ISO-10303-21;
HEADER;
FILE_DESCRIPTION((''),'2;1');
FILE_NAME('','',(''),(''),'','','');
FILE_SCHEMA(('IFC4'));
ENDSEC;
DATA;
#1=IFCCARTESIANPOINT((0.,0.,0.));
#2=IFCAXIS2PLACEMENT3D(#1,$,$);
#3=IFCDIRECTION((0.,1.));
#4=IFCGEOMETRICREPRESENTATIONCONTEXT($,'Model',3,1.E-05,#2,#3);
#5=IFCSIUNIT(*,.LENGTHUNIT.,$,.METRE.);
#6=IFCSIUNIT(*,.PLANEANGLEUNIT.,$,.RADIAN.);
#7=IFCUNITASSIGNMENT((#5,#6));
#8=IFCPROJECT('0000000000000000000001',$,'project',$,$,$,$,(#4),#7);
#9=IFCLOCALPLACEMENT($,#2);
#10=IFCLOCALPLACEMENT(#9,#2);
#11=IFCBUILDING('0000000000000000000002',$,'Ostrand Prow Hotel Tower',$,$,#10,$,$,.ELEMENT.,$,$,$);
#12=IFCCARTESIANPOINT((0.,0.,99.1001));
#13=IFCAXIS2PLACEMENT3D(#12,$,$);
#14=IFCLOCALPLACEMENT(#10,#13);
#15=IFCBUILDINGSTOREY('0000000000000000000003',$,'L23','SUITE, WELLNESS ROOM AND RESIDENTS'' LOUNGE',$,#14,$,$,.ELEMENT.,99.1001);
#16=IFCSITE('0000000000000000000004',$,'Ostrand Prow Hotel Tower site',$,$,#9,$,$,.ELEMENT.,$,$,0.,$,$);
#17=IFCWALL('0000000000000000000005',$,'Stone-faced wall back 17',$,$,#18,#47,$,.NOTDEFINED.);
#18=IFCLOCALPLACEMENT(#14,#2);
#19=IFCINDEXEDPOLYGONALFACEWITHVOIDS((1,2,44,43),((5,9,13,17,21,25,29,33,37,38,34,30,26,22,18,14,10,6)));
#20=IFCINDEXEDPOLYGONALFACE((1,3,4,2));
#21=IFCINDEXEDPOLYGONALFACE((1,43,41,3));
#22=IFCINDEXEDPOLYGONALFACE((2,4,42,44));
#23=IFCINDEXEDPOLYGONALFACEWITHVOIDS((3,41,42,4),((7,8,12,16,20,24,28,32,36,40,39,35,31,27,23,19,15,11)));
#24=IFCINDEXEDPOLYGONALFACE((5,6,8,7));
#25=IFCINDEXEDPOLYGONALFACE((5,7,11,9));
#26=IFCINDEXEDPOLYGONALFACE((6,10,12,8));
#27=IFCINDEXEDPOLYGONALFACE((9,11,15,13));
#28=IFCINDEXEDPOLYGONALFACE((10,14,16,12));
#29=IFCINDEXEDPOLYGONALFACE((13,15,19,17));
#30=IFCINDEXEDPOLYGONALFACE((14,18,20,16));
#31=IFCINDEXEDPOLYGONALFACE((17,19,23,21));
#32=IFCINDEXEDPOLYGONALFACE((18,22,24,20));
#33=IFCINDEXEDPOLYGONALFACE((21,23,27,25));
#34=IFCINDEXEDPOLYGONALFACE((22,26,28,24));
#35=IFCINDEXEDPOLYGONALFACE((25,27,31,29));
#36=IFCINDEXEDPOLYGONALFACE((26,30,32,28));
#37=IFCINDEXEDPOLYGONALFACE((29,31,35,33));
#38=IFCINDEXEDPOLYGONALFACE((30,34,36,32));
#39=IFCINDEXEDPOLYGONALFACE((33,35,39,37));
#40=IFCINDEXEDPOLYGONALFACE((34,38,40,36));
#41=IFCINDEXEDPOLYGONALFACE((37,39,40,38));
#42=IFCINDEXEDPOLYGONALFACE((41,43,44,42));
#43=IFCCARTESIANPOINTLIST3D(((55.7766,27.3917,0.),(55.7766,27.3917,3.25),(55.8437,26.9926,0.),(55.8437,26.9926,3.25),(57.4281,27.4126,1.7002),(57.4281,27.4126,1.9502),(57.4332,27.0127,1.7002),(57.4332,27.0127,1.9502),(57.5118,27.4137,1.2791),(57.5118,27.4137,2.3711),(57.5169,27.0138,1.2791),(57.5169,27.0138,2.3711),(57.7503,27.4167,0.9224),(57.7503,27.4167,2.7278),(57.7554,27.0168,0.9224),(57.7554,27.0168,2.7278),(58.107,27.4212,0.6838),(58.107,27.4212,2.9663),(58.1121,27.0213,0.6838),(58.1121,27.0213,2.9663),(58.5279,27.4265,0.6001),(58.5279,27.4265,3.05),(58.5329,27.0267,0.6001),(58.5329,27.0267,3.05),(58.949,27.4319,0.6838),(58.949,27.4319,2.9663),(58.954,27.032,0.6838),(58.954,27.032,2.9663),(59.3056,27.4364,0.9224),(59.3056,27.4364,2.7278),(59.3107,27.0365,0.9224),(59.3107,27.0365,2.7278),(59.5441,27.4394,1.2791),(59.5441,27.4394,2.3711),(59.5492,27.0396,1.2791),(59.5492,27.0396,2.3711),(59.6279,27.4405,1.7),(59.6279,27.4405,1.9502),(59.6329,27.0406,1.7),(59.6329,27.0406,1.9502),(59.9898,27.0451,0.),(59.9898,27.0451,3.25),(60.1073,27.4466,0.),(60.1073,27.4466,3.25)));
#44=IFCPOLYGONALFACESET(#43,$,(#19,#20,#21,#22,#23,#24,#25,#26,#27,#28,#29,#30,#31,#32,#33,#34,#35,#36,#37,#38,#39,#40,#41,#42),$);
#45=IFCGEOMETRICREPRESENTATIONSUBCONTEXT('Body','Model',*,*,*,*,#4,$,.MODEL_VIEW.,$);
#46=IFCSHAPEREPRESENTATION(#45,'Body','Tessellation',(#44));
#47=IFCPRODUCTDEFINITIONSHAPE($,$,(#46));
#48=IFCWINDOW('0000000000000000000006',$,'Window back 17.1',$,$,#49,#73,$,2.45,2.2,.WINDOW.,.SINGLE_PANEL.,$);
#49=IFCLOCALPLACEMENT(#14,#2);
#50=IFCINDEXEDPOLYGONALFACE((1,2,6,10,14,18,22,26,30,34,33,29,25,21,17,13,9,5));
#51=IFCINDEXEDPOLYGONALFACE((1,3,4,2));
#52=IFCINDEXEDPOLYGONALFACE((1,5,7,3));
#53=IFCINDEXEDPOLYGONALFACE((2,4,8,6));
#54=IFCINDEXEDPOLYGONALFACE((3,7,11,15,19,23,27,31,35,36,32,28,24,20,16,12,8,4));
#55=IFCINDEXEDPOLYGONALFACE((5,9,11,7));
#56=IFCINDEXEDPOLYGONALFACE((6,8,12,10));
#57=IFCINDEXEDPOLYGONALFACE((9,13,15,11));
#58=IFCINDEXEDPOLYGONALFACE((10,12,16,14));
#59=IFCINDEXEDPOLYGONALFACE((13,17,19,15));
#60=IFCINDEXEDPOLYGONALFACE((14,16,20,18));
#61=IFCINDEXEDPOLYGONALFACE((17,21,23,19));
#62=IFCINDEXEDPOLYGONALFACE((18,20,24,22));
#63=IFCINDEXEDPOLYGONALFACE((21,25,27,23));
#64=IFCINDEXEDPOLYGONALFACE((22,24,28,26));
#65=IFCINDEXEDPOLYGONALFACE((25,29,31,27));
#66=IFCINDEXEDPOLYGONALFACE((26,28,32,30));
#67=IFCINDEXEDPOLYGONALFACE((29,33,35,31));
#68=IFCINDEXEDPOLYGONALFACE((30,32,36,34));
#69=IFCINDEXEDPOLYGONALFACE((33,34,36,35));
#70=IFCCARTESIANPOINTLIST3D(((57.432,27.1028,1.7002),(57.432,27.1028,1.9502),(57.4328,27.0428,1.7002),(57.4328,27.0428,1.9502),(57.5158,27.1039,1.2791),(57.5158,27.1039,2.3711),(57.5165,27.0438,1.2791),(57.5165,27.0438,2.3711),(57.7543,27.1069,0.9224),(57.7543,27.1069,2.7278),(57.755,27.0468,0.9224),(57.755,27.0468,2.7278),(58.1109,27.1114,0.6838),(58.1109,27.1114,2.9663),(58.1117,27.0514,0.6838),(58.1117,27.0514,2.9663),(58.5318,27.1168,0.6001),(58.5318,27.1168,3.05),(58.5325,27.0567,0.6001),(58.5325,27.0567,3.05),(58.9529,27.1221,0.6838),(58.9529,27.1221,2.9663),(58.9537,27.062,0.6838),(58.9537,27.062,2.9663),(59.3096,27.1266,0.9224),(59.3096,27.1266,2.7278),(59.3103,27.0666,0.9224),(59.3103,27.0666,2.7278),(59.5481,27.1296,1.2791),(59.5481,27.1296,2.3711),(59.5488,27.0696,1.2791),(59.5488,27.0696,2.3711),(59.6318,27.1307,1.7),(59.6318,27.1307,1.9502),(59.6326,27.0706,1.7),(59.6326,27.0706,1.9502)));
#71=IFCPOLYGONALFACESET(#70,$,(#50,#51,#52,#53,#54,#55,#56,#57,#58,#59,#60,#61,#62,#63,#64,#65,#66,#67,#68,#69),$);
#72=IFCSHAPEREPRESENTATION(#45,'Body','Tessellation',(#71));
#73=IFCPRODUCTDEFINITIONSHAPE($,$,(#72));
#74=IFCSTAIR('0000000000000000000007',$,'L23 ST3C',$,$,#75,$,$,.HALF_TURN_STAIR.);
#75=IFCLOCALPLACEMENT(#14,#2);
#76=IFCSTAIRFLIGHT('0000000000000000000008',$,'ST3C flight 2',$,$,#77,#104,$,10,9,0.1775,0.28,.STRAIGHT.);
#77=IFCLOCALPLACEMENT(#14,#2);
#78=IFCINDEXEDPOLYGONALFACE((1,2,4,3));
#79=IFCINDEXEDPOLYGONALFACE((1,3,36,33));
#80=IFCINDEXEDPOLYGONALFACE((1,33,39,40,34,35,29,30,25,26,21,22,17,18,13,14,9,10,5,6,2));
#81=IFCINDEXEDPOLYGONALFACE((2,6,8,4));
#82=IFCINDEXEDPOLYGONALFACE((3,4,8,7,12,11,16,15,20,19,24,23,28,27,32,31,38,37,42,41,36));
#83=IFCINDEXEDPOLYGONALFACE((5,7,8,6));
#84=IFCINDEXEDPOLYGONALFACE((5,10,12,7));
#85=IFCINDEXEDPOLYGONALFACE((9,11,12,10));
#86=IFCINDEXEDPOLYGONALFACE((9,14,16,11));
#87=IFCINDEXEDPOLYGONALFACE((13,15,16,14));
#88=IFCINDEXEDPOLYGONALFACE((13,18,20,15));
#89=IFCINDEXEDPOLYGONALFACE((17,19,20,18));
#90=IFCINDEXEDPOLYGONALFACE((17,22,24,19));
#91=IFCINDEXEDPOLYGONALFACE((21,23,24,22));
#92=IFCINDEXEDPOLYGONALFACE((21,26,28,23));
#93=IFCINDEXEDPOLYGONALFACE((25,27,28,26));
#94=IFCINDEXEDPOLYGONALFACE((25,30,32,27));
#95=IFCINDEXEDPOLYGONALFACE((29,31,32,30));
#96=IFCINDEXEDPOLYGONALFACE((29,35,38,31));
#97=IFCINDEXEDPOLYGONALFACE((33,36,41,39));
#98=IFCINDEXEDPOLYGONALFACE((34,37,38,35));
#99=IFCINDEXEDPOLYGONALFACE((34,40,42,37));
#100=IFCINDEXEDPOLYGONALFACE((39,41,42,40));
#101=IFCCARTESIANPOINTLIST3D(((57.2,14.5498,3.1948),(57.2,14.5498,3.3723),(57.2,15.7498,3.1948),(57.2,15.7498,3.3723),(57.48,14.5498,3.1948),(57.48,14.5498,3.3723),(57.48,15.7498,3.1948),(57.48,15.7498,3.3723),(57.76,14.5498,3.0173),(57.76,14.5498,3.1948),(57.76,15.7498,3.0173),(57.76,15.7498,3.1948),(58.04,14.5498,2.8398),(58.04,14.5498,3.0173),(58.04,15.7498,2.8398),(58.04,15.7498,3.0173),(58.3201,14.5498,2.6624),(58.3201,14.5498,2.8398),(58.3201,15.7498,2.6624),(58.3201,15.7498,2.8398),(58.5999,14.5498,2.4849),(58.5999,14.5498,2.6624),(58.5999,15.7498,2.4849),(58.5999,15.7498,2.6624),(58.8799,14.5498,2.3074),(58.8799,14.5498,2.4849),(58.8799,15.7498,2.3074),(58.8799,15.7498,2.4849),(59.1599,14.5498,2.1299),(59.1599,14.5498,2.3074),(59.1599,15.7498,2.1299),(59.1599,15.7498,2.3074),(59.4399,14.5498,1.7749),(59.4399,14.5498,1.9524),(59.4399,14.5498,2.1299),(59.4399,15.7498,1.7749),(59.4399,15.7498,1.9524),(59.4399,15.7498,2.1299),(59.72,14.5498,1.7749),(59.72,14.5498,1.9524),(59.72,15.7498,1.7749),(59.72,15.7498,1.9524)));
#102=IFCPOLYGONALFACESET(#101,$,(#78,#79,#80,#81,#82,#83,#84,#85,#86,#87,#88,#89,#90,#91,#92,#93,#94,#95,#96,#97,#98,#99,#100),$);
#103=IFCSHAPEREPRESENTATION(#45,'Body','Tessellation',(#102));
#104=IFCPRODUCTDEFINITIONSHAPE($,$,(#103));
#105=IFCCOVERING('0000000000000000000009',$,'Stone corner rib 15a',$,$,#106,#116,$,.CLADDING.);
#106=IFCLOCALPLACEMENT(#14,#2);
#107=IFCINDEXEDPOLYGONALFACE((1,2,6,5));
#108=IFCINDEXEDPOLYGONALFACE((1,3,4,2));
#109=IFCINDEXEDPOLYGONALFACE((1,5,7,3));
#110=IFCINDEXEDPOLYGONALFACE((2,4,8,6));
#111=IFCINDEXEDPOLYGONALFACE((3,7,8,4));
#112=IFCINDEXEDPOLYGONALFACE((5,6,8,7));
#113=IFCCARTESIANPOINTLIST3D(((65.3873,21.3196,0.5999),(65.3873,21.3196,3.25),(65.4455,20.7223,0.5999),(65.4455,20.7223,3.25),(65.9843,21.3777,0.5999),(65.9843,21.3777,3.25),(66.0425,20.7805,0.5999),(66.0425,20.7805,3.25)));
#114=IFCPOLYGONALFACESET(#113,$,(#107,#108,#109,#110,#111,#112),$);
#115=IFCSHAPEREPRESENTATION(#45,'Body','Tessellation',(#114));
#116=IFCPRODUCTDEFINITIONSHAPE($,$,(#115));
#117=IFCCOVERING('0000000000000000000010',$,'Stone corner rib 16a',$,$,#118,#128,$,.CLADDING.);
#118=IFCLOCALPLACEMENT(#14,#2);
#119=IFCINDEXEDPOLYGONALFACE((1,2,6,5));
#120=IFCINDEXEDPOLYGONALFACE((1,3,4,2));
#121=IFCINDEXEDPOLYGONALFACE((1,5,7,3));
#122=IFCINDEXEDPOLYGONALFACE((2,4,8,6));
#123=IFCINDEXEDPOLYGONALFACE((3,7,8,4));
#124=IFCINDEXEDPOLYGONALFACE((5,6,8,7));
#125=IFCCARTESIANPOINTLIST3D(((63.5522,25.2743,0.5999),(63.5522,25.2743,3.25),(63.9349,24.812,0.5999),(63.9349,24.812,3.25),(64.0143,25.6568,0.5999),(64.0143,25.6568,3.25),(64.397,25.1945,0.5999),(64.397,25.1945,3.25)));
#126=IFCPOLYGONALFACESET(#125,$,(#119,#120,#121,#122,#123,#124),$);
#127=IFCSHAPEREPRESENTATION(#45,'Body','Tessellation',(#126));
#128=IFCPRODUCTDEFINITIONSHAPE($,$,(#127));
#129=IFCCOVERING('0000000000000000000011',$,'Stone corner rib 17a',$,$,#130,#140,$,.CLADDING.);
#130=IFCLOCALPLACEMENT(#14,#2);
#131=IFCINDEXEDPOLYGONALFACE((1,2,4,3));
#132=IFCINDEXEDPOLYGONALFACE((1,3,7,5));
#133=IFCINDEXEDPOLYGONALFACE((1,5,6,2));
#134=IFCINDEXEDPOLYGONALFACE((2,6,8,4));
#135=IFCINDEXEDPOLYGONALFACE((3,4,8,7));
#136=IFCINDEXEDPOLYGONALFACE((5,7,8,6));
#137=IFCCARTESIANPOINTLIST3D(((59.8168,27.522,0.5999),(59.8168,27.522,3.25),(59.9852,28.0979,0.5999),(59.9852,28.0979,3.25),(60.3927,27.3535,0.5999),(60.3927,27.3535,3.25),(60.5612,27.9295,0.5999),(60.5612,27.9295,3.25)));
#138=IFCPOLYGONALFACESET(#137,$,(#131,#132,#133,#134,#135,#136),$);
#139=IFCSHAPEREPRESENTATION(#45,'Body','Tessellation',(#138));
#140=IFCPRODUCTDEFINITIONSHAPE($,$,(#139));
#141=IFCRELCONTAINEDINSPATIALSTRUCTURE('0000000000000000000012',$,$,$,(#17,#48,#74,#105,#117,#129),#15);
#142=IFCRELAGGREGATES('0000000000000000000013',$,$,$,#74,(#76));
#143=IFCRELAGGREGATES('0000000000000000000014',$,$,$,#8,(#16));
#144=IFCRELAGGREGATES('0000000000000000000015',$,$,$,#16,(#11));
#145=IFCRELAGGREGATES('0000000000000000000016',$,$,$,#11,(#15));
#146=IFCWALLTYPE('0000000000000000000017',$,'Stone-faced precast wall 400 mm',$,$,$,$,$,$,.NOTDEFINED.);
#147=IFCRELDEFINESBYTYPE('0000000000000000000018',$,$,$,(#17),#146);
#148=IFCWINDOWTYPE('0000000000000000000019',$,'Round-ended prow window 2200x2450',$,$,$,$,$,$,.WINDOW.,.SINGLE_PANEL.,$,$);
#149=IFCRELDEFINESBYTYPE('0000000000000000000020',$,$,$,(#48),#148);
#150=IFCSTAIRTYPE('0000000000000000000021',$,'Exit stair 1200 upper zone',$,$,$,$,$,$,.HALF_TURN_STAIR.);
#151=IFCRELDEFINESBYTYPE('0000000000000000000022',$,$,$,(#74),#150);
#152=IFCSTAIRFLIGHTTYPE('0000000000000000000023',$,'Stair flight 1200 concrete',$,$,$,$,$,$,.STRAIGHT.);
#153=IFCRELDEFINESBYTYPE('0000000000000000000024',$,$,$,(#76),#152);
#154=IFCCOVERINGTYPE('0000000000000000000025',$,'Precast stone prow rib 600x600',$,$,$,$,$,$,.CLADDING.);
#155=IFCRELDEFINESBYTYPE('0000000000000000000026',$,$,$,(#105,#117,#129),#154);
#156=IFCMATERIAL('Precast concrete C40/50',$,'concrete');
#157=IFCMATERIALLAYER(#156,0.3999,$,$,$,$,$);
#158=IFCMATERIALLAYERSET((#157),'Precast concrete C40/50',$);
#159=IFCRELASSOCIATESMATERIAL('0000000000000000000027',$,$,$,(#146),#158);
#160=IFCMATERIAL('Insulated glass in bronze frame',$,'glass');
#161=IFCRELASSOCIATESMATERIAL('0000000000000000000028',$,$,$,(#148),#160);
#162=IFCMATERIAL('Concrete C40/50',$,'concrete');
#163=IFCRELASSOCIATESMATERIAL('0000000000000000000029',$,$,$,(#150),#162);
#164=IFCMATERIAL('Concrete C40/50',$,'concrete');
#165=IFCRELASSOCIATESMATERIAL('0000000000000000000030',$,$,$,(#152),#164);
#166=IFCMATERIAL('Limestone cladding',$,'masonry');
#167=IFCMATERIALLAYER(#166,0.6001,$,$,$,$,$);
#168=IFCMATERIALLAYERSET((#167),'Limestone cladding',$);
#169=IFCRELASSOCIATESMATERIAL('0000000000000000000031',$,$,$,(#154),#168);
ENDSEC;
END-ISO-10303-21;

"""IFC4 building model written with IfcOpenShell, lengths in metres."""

from ifc_helpers import new_model, si_unit, direction, frame, frame_2d, origin, place, context, subcontext, project, spatial, polyline, rectangle, outline, extrude, material, layer, layer_set, type_object, element, fill, aggregate, save


model = new_model("IFC4")

# Units and contexts
model_context = context("Model", 3, precision=1e-05, world=origin(), true_north=direction((0.0, 1.0)))
body_context = subcontext(model_context, "Body", "Model", "MODEL_VIEW")
ifc_project = project(units=[si_unit("LENGTHUNIT", "METRE"), si_unit("PLANEANGLEUNIT", "RADIAN")], contexts=[model_context])

# Site, building, storey
site_placement = place(None, origin())
site = spatial("IfcSite", under=ifc_project, at=site_placement, Name="Ostrand Prow Hotel Tower site", CompositionType="ELEMENT", RefElevation=0.0)
building_placement = place(site_placement, origin())
building = spatial("IfcBuilding", under=site, at=building_placement, Name="Ostrand Prow Hotel Tower", CompositionType="ELEMENT")
storey_placement = place(building_placement, frame((0.0, 0.0, 99.1001)))
storey = spatial("IfcBuildingStorey", under=building, at=storey_placement, Name="L23", Description="SUITE, WELLNESS ROOM AND RESIDENTS' LOUNGE", CompositionType="ELEMENT", Elevation=99.1001)

# Shared definitions
ifc_material_1 = material(Name="Precast concrete C40/50", Category="concrete")
ifc_layer_1 = layer(ifc_material_1, 0.3999)
ifc_layer_set_1 = layer_set([ifc_layer_1], Name="Precast concrete C40/50")
wall_type_1 = type_object("IfcWallType", Name="Stone-faced precast wall 400 mm", PredefinedType="NOTDEFINED", material=ifc_layer_set_1)

# Wall, opening, window
ifc_material_2 = material(Name="Insulated glass in bronze frame", Category="glass")
window_type_1 = type_object("IfcWindowType", Name="Round-ended prow window 2200x2450", PartitioningType="SINGLE_PANEL", PredefinedType="WINDOW", material=ifc_material_2)
wall_1_placement = place(storey_placement, frame((60.0486, 27.2458, 0.0), z_axis=(0.0, 0.0, 1.0), x_axis=(-0.99992, -0.012671, 0.0)))
wall_1 = element("IfcWall", 1, at=wall_1_placement, inside=storey, type_object=wall_type_1, Name="Stone-faced wall back 17", PredefinedType="NOTDEFINED", context=body_context, shape_type="SweptSolid", body=[
    extrude(outline(polyline([(-0.0613, -0.2), (4.2698, -0.2), (4.2078, 0.2), (0.0613, 0.2), (-0.0613, -0.2)])), origin(), (0.0, 0.0, 1.0), 3.25),
])
opening_1_placement = place(wall_1_placement, frame((0.4182, 0.0, 0.6001)))
opening_1 = element("IfcOpeningElement", 2, at=opening_1_placement, cuts=wall_1, PredefinedType="OPENING", context=body_context, shape_type="SweptSolid", body=[
    extrude(outline(polyline([(0.0, 1.3501), (0.0837, 1.771), (0.3223, 2.1277), (0.679, 2.3662), (1.1001, 2.45), (1.521, 2.3662), (1.8777, 2.1277), (2.1162, 1.771), (2.2, 1.3501), (2.2, 1.1001), (2.1162, 0.679), (1.8777, 0.3223), (1.521, 0.0837), (1.1001, 0.0), (0.679, 0.0837), (0.3223, 0.3223), (0.0837, 0.679), (0.0, 1.0999), (0.0, 1.3501)])), frame((0.0, 0.21, 0.0), z_axis=(0.0, -1.0, 0.0), x_axis=(1.0, 0.0, 0.0)), (0.0, 0.0, 1.0), 0.4199),
])
window_1_placement = place(opening_1_placement, origin())
window_1 = element("IfcWindow", 3, at=window_1_placement, inside=storey, type_object=window_type_1, Name="Window back 17.1", OverallHeight=2.45, OverallWidth=2.2, PartitioningType="SINGLE_PANEL", PredefinedType="WINDOW", context=body_context, shape_type="SweptSolid", body=[
    extrude(outline(polyline([(0.0, 1.3501), (0.0837, 1.771), (0.3223, 2.1277), (0.679, 2.3662), (1.1001, 2.45), (1.521, 2.3662), (1.8777, 2.1277), (2.1162, 1.771), (2.2, 1.3501), (2.2, 1.1001), (2.1162, 0.679), (1.8777, 0.3223), (1.521, 0.0837), (1.1001, 0.0), (0.679, 0.0837), (0.3223, 0.3223), (0.0837, 0.679), (0.0, 1.0999), (0.0, 1.3501)])), frame((0.0, 0.1699, 0.0), z_axis=(0.0, -1.0, 0.0), x_axis=(1.0, 0.0, 0.0)), (0.0, 0.0, 1.0), 0.0601),
])
fill(opening_1, window_1)

# Stair, stair flight
ifc_material_3 = material(Name="Concrete C40/50", Category="concrete")
stair_type = type_object("IfcStairType", Name="Exit stair 1200 upper zone", PredefinedType="HALF_TURN_STAIR", material=ifc_material_3)
stair_placement = place(storey_placement, origin())
stair = element("IfcStair", 4, at=stair_placement, inside=storey, type_object=stair_type, Name="L23 ST3C", PredefinedType="HALF_TURN_STAIR")
ifc_material_4 = material(Name="Concrete C40/50", Category="concrete")
stair_flight_type = type_object("IfcStairFlightType", Name="Stair flight 1200 concrete", PredefinedType="STRAIGHT", material=ifc_material_4)
stair_flight_placement = place(storey_placement, frame((59.72, 15.1499, 1.7749), z_axis=(0.0, 0.0, 1.0), x_axis=(-1.0, 0.0, 0.0)))
stair_flight = element("IfcStairFlight", 5, at=stair_flight_placement, type_object=stair_flight_type, Name="ST3C flight 2", NumberOfRisers=10, NumberOfTreads=9, PredefinedType="STRAIGHT", RiserHeight=0.1775, TreadLength=0.28, context=body_context, shape_type="SweptSolid", body=[
    extrude(outline(polyline([(0.0, 0.0), (0.0, 0.1775), (0.28, 0.1775), (0.28, 0.355), (0.5601, 0.355), (0.5601, 0.5325), (0.8401, 0.5325), (0.8401, 0.71), (1.1201, 0.71), (1.1201, 0.8875), (1.3999, 0.8875), (1.3999, 1.0649), (1.6799, 1.0649), (1.6799, 1.2424), (1.96, 1.2424), (1.96, 1.4199), (2.24, 1.4199), (2.24, 1.5974), (2.52, 1.5974), (2.52, 1.7749), (2.52, 1.4199), (0.28, 0.0), (0.0, 0.0)])), frame((0.0, 0.6001, 0.0), z_axis=(0.0, -1.0, 0.0), x_axis=(1.0, 0.0, 0.0)), (0.0, 0.0, 1.0), 1.2),
])
aggregate(stair, [stair_flight])

# Coverings
ifc_material_5 = material(Name="Limestone cladding", Category="masonry")
ifc_layer_2 = layer(ifc_material_5, 0.6001)
ifc_layer_set_2 = layer_set([ifc_layer_2], Name="Limestone cladding")
covering_type = type_object("IfcCoveringType", Name="Precast stone prow rib 600x600", PredefinedType="CLADDING", material=ifc_layer_set_2)
for number, where, z_axis, x_axis, name in (
    (6, (65.4165, 21.021, 0.5999), (0.0, 0.0, 1.0), (0.995296, 0.096884, 0.0), "Stone corner rib 15a"),
    (7, (63.7437, 25.0432, 0.5999), (0.0, 0.0, 1.0), (0.770319, 0.637659, 0.0), "Stone corner rib 16a"),
):
    element("IfcCovering", number, at=place(storey_placement, frame(where, z_axis=z_axis, x_axis=x_axis)), inside=storey, type_object=covering_type, Name=name, PredefinedType="CLADDING", context=body_context, shape_type="SweptSolid", body=[
        extrude(rectangle(XDim=0.5999, YDim=0.6001, at=frame_2d((0.2998, 0.0))), origin(), (0.0, 0.0, 1.0), 2.6501),
    ])
covering_placement = place(storey_placement, frame((60.1047, 27.4377, 0.5999), z_axis=(0.0, 0.0, 1.0), x_axis=(0.280734, 0.959786, 0.0)))
element("IfcCovering", 8, at=covering_placement, inside=storey, type_object=covering_type, Name="Stone corner rib 17a", PredefinedType="CLADDING", context=body_context, shape_type="SweptSolid", body=[
    extrude(rectangle(XDim=0.6001, YDim=0.6001, at=frame_2d((0.3, 0.0))), origin(), (0.0, 0.0, 1.0), 2.6501),
])

save(model, "model.ifc")
